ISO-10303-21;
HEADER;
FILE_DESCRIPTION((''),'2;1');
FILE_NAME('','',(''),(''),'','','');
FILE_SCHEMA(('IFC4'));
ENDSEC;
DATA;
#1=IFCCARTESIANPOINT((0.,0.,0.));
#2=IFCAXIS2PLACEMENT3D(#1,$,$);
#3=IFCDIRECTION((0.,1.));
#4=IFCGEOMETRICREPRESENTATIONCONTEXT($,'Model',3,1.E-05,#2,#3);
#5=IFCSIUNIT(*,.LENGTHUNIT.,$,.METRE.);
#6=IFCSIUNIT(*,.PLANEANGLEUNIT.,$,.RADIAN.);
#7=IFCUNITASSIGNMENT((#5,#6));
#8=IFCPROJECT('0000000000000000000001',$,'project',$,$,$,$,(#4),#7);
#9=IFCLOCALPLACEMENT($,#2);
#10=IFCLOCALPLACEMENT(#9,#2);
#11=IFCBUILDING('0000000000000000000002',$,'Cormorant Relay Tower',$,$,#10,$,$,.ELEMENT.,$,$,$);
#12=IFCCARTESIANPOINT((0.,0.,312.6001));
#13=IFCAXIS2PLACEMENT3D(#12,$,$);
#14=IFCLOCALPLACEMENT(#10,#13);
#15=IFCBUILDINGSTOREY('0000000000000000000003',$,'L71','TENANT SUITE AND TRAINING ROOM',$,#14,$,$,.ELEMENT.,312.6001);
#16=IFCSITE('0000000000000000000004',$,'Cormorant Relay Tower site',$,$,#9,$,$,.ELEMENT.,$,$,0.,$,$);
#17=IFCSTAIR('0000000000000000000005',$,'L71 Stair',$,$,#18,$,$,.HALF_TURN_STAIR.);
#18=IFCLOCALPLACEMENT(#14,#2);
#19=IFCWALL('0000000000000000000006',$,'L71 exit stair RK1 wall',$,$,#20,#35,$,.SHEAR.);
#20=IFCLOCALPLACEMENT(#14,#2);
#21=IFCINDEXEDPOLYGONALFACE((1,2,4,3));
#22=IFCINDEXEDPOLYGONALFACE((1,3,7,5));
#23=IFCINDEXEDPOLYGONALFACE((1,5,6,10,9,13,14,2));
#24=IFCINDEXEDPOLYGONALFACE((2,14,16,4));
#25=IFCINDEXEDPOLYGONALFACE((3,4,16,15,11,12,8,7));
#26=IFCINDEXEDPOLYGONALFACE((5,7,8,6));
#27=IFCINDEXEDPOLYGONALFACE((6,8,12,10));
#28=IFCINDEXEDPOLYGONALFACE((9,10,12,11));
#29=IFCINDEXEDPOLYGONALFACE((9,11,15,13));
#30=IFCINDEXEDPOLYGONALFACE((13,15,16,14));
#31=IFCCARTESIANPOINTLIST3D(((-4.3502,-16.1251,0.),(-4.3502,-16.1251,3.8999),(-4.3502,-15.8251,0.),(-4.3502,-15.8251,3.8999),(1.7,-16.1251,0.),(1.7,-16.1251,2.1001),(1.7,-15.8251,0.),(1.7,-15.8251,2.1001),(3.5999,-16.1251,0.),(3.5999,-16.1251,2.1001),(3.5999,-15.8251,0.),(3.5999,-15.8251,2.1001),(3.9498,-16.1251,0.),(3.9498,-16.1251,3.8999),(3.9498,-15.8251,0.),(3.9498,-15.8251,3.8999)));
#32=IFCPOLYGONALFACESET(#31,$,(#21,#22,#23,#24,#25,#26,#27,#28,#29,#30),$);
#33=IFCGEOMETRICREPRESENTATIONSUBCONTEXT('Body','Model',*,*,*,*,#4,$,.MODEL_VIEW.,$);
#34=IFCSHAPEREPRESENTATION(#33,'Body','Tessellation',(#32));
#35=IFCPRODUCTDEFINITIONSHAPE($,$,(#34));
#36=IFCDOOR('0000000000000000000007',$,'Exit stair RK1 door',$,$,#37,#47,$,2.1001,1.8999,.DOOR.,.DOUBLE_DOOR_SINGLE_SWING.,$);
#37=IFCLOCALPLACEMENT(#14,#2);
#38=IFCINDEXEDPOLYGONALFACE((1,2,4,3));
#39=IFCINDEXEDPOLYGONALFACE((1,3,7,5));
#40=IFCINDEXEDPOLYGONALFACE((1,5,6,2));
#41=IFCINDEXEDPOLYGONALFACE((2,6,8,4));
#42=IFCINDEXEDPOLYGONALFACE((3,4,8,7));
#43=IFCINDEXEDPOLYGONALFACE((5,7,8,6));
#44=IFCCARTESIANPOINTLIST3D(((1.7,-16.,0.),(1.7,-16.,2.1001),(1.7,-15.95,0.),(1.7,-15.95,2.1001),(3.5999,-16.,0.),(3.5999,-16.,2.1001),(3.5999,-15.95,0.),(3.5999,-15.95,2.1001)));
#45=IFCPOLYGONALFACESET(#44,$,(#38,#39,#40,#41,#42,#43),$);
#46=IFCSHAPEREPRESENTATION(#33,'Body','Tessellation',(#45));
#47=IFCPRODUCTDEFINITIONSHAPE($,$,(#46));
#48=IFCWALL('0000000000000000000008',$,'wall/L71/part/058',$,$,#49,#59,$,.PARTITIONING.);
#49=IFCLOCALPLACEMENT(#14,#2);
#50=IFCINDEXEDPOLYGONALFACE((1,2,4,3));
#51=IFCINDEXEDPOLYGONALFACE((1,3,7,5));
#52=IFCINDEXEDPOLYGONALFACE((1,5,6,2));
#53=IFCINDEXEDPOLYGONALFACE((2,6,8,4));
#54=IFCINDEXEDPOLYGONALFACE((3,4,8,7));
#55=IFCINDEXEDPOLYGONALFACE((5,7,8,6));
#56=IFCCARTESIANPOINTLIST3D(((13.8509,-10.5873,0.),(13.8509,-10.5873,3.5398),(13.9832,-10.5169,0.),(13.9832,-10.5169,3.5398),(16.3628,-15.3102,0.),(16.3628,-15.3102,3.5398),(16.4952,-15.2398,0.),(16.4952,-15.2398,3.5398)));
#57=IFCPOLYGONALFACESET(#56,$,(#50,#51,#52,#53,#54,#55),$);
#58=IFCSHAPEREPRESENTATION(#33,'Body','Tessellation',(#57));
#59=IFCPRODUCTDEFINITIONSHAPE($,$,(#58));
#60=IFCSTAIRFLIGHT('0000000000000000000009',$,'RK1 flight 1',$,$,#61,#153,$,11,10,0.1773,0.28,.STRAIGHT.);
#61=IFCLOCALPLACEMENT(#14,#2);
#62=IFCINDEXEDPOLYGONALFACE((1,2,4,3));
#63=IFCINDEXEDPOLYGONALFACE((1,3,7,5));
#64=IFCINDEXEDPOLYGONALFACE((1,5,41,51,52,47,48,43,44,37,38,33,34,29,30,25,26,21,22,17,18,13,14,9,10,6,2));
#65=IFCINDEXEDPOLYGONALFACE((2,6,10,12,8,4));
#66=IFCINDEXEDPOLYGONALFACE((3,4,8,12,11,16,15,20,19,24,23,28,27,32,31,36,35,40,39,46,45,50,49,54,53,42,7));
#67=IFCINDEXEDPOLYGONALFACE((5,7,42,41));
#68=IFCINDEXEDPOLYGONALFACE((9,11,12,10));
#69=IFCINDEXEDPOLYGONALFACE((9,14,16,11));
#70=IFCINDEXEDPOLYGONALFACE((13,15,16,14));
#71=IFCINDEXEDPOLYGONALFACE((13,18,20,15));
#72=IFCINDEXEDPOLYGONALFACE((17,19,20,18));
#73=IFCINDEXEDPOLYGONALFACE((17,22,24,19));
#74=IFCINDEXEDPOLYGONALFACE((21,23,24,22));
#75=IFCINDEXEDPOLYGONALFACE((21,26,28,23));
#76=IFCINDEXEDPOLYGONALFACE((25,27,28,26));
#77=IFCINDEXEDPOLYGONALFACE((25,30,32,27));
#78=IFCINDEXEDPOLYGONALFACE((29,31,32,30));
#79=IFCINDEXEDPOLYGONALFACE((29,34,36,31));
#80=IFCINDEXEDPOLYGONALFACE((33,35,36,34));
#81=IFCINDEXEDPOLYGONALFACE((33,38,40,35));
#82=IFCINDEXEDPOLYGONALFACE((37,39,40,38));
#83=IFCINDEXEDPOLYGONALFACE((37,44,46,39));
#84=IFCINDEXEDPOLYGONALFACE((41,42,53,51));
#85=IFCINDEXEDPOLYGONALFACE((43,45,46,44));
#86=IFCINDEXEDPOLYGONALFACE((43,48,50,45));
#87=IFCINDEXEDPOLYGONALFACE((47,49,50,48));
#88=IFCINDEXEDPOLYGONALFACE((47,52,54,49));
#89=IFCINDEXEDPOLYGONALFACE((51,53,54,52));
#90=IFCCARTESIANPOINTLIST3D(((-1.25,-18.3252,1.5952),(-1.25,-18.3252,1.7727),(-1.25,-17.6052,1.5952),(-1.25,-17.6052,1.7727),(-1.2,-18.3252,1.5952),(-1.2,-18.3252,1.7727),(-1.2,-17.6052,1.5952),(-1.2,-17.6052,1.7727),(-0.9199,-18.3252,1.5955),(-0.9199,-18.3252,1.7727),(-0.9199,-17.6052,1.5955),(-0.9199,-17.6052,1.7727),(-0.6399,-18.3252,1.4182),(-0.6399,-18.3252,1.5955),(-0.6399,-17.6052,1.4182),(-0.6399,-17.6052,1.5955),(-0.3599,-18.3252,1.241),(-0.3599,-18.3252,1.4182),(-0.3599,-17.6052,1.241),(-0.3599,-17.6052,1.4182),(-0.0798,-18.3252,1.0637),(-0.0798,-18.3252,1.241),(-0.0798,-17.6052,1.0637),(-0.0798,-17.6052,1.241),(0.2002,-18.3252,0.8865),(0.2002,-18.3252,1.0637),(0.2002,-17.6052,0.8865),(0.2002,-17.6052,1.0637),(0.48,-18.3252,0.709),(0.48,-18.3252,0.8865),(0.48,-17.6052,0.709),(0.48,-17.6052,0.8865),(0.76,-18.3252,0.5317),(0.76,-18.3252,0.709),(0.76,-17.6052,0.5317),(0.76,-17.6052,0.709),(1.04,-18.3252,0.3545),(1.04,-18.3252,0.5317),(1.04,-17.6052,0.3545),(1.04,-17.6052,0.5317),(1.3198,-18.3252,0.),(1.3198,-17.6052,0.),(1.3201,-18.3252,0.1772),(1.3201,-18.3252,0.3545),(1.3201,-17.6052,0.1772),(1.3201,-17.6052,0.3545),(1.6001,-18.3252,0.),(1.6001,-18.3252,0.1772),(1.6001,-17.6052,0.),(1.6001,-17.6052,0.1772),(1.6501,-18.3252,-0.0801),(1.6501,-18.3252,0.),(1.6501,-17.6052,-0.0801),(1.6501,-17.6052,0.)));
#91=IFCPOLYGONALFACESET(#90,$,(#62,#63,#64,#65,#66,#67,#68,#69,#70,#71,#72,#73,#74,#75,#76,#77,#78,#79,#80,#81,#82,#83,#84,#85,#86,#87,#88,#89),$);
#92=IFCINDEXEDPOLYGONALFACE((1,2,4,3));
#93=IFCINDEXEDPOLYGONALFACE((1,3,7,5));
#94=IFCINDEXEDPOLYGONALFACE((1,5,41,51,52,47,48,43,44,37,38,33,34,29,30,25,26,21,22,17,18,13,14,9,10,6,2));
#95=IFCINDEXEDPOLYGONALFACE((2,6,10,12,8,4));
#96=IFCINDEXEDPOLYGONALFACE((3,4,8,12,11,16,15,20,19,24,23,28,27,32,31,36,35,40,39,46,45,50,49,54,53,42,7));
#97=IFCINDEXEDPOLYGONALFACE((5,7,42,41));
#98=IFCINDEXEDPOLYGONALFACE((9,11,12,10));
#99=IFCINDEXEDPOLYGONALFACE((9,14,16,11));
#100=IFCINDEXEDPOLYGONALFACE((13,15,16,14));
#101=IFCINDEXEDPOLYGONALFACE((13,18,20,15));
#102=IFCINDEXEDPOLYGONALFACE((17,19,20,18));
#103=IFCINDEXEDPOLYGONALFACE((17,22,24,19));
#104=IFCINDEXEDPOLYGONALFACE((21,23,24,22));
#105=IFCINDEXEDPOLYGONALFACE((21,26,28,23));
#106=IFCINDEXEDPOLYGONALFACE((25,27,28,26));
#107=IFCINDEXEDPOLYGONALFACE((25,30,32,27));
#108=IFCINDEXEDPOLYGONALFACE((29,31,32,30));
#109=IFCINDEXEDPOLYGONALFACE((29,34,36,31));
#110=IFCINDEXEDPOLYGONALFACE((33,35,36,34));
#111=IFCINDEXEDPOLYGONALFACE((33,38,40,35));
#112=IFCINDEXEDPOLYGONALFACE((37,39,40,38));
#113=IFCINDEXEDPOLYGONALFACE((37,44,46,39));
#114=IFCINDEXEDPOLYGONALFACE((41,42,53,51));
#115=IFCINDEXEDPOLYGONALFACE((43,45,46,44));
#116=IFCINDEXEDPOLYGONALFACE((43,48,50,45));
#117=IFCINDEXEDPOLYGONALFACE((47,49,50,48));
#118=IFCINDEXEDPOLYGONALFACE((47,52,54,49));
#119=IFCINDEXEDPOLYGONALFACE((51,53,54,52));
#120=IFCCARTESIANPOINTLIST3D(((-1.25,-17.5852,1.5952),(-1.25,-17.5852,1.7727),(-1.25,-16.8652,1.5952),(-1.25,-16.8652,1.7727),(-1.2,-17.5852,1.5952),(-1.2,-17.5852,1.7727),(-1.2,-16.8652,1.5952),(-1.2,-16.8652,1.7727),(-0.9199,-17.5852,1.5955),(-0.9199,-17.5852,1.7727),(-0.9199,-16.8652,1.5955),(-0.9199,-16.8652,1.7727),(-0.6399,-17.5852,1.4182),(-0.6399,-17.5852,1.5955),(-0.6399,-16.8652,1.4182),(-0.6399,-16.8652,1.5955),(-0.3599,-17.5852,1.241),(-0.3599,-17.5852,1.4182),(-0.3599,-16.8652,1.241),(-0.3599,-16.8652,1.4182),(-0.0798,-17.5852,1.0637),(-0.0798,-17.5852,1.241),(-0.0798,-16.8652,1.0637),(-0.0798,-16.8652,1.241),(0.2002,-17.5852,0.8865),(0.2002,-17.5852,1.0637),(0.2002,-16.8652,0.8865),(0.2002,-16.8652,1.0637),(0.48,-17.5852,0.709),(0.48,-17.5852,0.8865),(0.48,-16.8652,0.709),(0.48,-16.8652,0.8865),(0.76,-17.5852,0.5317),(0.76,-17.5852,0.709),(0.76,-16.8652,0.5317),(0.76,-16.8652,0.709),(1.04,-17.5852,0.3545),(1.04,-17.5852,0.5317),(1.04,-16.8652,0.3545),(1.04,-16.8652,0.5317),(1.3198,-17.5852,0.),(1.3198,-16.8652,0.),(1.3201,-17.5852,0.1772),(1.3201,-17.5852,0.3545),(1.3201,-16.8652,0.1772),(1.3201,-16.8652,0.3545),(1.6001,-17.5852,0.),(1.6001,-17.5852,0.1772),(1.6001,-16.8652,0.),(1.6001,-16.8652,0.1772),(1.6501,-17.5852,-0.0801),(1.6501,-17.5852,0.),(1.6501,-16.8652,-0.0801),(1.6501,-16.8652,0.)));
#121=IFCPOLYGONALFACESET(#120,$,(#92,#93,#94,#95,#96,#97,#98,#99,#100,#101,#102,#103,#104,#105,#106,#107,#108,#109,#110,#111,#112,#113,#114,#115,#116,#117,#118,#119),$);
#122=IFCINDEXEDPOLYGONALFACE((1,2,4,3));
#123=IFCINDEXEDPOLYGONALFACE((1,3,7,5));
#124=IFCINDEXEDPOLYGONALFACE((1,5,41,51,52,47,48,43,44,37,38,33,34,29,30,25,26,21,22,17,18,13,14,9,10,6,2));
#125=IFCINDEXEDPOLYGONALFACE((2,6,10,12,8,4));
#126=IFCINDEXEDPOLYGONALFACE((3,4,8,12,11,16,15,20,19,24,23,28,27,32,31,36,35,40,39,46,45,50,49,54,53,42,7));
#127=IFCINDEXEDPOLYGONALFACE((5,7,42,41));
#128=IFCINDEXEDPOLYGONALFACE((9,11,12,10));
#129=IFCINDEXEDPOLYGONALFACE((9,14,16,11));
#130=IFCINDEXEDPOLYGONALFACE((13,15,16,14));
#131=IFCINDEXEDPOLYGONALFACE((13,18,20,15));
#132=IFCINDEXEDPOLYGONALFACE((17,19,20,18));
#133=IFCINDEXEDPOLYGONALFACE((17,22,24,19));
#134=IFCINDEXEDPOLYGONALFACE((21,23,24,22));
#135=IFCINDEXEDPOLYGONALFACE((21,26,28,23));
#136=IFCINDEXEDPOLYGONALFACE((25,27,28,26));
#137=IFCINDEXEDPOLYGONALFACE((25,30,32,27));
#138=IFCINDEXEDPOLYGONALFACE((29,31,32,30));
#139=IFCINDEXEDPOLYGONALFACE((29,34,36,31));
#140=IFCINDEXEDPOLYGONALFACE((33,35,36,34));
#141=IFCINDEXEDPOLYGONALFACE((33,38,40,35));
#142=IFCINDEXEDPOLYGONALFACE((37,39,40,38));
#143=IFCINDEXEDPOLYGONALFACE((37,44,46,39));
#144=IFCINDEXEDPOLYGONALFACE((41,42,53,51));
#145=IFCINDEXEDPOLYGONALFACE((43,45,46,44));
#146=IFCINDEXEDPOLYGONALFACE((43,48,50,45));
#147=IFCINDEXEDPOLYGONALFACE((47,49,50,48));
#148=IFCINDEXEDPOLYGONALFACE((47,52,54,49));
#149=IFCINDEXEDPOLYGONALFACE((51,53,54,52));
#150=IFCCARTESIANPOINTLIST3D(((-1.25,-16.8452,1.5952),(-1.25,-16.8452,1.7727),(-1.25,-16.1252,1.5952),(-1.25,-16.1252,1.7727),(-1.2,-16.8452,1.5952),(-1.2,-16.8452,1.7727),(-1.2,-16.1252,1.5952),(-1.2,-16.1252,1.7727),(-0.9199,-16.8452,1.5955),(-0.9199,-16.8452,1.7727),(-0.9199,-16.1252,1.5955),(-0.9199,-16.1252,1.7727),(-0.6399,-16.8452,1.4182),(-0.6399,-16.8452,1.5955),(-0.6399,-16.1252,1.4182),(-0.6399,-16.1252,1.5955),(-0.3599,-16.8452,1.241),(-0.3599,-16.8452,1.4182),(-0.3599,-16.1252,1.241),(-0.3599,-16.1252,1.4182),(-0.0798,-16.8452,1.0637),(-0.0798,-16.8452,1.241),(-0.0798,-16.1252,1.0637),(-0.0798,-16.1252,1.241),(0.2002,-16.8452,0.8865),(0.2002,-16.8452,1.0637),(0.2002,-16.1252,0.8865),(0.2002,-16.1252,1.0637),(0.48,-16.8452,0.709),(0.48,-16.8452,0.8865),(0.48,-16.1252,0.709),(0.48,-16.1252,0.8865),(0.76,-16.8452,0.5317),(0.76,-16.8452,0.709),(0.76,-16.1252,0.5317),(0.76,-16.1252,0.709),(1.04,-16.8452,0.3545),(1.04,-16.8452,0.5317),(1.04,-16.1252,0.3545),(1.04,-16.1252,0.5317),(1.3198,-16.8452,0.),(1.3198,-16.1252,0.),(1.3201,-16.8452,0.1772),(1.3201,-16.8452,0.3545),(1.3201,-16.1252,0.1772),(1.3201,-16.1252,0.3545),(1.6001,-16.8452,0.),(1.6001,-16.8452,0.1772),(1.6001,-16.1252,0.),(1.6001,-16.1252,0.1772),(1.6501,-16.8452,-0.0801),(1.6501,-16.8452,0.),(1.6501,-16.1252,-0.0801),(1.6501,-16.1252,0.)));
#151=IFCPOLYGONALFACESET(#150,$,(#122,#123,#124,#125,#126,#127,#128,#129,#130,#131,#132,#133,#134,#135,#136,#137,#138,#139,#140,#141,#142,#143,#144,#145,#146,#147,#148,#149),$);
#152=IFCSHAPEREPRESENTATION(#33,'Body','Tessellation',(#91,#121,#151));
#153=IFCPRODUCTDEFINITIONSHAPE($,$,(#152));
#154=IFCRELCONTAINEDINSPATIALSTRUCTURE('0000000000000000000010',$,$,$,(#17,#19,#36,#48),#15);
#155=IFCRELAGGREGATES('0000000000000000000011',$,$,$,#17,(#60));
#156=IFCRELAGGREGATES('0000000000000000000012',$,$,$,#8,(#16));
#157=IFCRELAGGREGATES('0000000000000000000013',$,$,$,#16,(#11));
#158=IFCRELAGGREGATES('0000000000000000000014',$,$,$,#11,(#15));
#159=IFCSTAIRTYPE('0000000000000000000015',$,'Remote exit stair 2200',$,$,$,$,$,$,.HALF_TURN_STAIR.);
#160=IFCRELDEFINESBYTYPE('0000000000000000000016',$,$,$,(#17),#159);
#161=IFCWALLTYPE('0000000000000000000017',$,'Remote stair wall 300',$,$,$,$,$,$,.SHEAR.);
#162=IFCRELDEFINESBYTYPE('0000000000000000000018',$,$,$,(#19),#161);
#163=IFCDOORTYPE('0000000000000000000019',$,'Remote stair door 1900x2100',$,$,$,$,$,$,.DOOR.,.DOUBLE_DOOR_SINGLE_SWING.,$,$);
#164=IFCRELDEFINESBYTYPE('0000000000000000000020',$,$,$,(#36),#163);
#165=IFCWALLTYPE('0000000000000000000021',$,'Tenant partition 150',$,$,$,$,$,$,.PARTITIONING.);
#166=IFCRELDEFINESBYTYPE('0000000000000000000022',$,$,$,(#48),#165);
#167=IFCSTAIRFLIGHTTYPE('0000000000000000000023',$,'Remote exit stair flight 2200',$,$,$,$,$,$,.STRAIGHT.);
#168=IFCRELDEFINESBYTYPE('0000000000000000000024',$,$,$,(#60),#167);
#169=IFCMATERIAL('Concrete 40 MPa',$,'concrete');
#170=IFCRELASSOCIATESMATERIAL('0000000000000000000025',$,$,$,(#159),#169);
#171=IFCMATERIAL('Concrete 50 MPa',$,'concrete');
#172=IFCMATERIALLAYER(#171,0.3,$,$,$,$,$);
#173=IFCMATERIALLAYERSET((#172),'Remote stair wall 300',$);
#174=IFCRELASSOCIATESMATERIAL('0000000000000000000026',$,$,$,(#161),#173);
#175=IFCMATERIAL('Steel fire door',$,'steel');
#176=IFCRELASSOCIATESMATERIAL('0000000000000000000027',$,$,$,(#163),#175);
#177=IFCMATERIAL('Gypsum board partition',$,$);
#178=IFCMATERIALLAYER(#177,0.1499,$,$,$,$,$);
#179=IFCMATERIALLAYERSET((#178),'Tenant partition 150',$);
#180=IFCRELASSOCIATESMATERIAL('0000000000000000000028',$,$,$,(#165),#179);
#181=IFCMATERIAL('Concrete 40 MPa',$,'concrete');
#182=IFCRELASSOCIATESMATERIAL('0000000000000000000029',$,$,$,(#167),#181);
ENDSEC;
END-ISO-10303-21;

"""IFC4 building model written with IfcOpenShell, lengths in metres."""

from ifc_helpers import new_model, si_unit, direction, frame, frame_2d, origin, place, context, subcontext, project, spatial, polyline, rectangle, outline, extrude, material, layer, layer_set, type_object, element, fill, aggregate, save


model = new_model("IFC4")

# Units and contexts
model_context = context("Model", 3, precision=1e-05, world=origin(), true_north=direction((0.0, 1.0)))
body_context = subcontext(model_context, "Body", "Model", "MODEL_VIEW")
ifc_project = project(units=[si_unit("LENGTHUNIT", "METRE"), si_unit("PLANEANGLEUNIT", "RADIAN")], contexts=[model_context])

# Site, building, storey
site_placement = place(None, origin())
site = spatial("IfcSite", under=ifc_project, at=site_placement, Name="Cormorant Relay Tower site", CompositionType="ELEMENT", RefElevation=0.0)
building_placement = place(site_placement, origin())
building = spatial("IfcBuilding", under=site, at=building_placement, Name="Cormorant Relay Tower", CompositionType="ELEMENT")
storey_placement = place(building_placement, frame((0.0, 0.0, 312.6001)))
storey = spatial("IfcBuildingStorey", under=building, at=storey_placement, Name="L71", Description="TENANT SUITE AND TRAINING ROOM", CompositionType="ELEMENT", Elevation=312.6001)

# Stair
ifc_material_1 = material(Name="Concrete 40 MPa", Category="concrete")
stair_type_1 = type_object("IfcStairType", Name="Remote exit stair 2200", PredefinedType="HALF_TURN_STAIR", material=ifc_material_1)
stair_1_placement = place(storey_placement, origin())
stair_1 = element("IfcStair", 1, at=stair_1_placement, inside=storey, type_object=stair_type_1, Name="L71 Stair", PredefinedType="HALF_TURN_STAIR")

# Shared definitions
ifc_material_2 = material(Name="Concrete 50 MPa", Category="concrete")
ifc_layer_1 = layer(ifc_material_2, 0.3)
ifc_layer_set_1 = layer_set([ifc_layer_1], Name="Remote stair wall 300")
wall_type_1 = type_object("IfcWallType", Name="Remote stair wall 300", PredefinedType="SHEAR", material=ifc_layer_set_1)

# Wall, opening, door
wall_1_placement = place(storey_placement, frame((-4.3501, -15.9751, 0.0), z_axis=(0.0, 0.0, 1.0), x_axis=(1.0, 0.0, 0.0)))
wall_1 = element("IfcWall", 2, at=wall_1_placement, inside=storey, type_object=wall_type_1, Name="L71 exit stair RK1 wall", PredefinedType="SHEAR", context=body_context, shape_type="SweptSolid", body=[
    extrude(rectangle(XDim=8.3, YDim=0.3, at=frame_2d((4.1499, 0.0))), origin(), (0.0, 0.0, 1.0), 3.8999),
])
opening_1_placement = place(wall_1_placement, frame((6.05, 0.0, 0.0)))
opening_1 = element("IfcOpeningElement", 3, at=opening_1_placement, cuts=wall_1, PredefinedType="OPENING", context=body_context, shape_type="SweptSolid", body=[
    extrude(rectangle(XDim=1.8999, YDim=2.1001, at=frame_2d((0.95, 1.05))), frame((0.0, 0.1599, 0.0), z_axis=(0.0, -1.0, 0.0), x_axis=(1.0, 0.0, 0.0)), (0.0, 0.0, 1.0), 0.3201),
])
ifc_material_3 = material(Name="Steel fire door", Category="steel")
door_type_1 = type_object("IfcDoorType", Name="Remote stair door 1900x2100", OperationType="DOUBLE_DOOR_SINGLE_SWING", PredefinedType="DOOR", material=ifc_material_3)
door_1_placement = place(opening_1_placement, frame((1.8999, 0.0, 0.0), z_axis=(0.0, 0.0, 1.0), x_axis=(-1.0, 0.0, 0.0)))
door_1 = element("IfcDoor", 4, at=door_1_placement, inside=storey, type_object=door_type_1, Name="Exit stair RK1 door", OperationType="DOUBLE_DOOR_SINGLE_SWING", OverallHeight=2.1001, OverallWidth=1.8999, PredefinedType="DOOR", context=body_context, shape_type="SweptSolid", body=[
    extrude(rectangle(XDim=1.8999, YDim=2.1001, at=frame_2d((0.95, 1.05))), frame((0.0, 0.0249, 0.0), z_axis=(0.0, -1.0, 0.0), x_axis=(1.0, 0.0, 0.0)), (0.0, 0.0, 1.0), 0.05),
])
fill(opening_1, door_1)

# Wall
ifc_material_4 = material(Name="Gypsum board partition")
ifc_layer_2 = layer(ifc_material_4, 0.1499)
ifc_layer_set_2 = layer_set([ifc_layer_2], Name="Tenant partition 150")
wall_type_2 = type_object("IfcWallType", Name="Tenant partition 150", PredefinedType="PARTITIONING", material=ifc_layer_set_2)
wall_2_placement = place(storey_placement, frame((13.917, -10.552, 0.0), z_axis=(0.0, 0.0, 1.0), x_axis=(0.469581, -0.882889, 0.0)))
element("IfcWall", 5, at=wall_2_placement, inside=storey, type_object=wall_type_2, Name="wall/L71/part/058", PredefinedType="PARTITIONING", context=body_context, shape_type="SweptSolid", body=[
    extrude(rectangle(XDim=5.3494, YDim=0.1499, at=frame_2d((2.6748, 0.0))), origin(), (0.0, 0.0, 1.0), 3.5398),
])

# Stair flight
ifc_material_5 = material(Name="Concrete 40 MPa", Category="concrete")
stair_flight_type = type_object("IfcStairFlightType", Name="Remote exit stair flight 2200", PredefinedType="STRAIGHT", material=ifc_material_5)
stair_flight_placement = place(storey_placement, frame((1.6001, -17.2251, 0.0), z_axis=(0.0, 0.0, 1.0), x_axis=(-1.0, 0.0, 0.0)))
stair_flight = element("IfcStairFlight", 6, at=stair_flight_placement, type_object=stair_flight_type, Name="RK1 flight 1", NumberOfRisers=11, NumberOfTreads=10, PredefinedType="STRAIGHT", RiserHeight=0.1773, TreadLength=0.28, context=body_context, shape_type="SweptSolid", body=[
    extrude(outline(polyline([(-0.05, -0.0801), (-0.05, 0.0), (0.0, 0.0), (0.0, 0.1772), (0.28, 0.1772), (0.28, 0.3545), (0.5601, 0.3545), (0.5601, 0.5317), (0.8401, 0.5317), (0.8401, 0.709), (1.1201, 0.709), (1.1201, 0.8865), (1.3999, 0.8865), (1.3999, 1.0637), (1.6799, 1.0637), (1.6799, 1.241), (1.96, 1.241), (1.96, 1.4182), (2.24, 1.4182), (2.24, 1.5955), (2.52, 1.5955), (2.52, 1.7727), (2.8, 1.7727), (2.8501, 1.7727), (2.8501, 1.5952), (2.8, 1.5952), (0.2803, 0.0), (-0.05, -0.0801)])), frame((0.0, 1.1001, 0.0), z_axis=(0.0, -1.0, 0.0), x_axis=(1.0, 0.0, 0.0)), (0.0, 0.0, 1.0), 0.72),
    extrude(outline(polyline([(-0.05, -0.0801), (-0.05, 0.0), (0.0, 0.0), (0.0, 0.1772), (0.28, 0.1772), (0.28, 0.3545), (0.5601, 0.3545), (0.5601, 0.5317), (0.8401, 0.5317), (0.8401, 0.709), (1.1201, 0.709), (1.1201, 0.8865), (1.3999, 0.8865), (1.3999, 1.0637), (1.6799, 1.0637), (1.6799, 1.241), (1.96, 1.241), (1.96, 1.4182), (2.24, 1.4182), (2.24, 1.5955), (2.52, 1.5955), (2.52, 1.7727), (2.8, 1.7727), (2.8501, 1.7727), (2.8501, 1.5952), (2.8, 1.5952), (0.2803, 0.0), (-0.05, -0.0801)])), frame((0.0, 0.3601, 0.0), z_axis=(0.0, -1.0, 0.0), x_axis=(1.0, 0.0, 0.0)), (0.0, 0.0, 1.0), 0.72),
    extrude(outline(polyline([(-0.05, -0.0801), (-0.05, 0.0), (0.0, 0.0), (0.0, 0.1772), (0.28, 0.1772), (0.28, 0.3545), (0.5601, 0.3545), (0.5601, 0.5317), (0.8401, 0.5317), (0.8401, 0.709), (1.1201, 0.709), (1.1201, 0.8865), (1.3999, 0.8865), (1.3999, 1.0637), (1.6799, 1.0637), (1.6799, 1.241), (1.96, 1.241), (1.96, 1.4182), (2.24, 1.4182), (2.24, 1.5955), (2.52, 1.5955), (2.52, 1.7727), (2.8, 1.7727), (2.8501, 1.7727), (2.8501, 1.5952), (2.8, 1.5952), (0.2803, 0.0), (-0.05, -0.0801)])), frame((0.0, -0.3799, 0.0), z_axis=(0.0, -1.0, 0.0), x_axis=(1.0, 0.0, 0.0)), (0.0, 0.0, 1.0), 0.72),
])
aggregate(stair_1, [stair_flight])

save(model, "model.ifc")
